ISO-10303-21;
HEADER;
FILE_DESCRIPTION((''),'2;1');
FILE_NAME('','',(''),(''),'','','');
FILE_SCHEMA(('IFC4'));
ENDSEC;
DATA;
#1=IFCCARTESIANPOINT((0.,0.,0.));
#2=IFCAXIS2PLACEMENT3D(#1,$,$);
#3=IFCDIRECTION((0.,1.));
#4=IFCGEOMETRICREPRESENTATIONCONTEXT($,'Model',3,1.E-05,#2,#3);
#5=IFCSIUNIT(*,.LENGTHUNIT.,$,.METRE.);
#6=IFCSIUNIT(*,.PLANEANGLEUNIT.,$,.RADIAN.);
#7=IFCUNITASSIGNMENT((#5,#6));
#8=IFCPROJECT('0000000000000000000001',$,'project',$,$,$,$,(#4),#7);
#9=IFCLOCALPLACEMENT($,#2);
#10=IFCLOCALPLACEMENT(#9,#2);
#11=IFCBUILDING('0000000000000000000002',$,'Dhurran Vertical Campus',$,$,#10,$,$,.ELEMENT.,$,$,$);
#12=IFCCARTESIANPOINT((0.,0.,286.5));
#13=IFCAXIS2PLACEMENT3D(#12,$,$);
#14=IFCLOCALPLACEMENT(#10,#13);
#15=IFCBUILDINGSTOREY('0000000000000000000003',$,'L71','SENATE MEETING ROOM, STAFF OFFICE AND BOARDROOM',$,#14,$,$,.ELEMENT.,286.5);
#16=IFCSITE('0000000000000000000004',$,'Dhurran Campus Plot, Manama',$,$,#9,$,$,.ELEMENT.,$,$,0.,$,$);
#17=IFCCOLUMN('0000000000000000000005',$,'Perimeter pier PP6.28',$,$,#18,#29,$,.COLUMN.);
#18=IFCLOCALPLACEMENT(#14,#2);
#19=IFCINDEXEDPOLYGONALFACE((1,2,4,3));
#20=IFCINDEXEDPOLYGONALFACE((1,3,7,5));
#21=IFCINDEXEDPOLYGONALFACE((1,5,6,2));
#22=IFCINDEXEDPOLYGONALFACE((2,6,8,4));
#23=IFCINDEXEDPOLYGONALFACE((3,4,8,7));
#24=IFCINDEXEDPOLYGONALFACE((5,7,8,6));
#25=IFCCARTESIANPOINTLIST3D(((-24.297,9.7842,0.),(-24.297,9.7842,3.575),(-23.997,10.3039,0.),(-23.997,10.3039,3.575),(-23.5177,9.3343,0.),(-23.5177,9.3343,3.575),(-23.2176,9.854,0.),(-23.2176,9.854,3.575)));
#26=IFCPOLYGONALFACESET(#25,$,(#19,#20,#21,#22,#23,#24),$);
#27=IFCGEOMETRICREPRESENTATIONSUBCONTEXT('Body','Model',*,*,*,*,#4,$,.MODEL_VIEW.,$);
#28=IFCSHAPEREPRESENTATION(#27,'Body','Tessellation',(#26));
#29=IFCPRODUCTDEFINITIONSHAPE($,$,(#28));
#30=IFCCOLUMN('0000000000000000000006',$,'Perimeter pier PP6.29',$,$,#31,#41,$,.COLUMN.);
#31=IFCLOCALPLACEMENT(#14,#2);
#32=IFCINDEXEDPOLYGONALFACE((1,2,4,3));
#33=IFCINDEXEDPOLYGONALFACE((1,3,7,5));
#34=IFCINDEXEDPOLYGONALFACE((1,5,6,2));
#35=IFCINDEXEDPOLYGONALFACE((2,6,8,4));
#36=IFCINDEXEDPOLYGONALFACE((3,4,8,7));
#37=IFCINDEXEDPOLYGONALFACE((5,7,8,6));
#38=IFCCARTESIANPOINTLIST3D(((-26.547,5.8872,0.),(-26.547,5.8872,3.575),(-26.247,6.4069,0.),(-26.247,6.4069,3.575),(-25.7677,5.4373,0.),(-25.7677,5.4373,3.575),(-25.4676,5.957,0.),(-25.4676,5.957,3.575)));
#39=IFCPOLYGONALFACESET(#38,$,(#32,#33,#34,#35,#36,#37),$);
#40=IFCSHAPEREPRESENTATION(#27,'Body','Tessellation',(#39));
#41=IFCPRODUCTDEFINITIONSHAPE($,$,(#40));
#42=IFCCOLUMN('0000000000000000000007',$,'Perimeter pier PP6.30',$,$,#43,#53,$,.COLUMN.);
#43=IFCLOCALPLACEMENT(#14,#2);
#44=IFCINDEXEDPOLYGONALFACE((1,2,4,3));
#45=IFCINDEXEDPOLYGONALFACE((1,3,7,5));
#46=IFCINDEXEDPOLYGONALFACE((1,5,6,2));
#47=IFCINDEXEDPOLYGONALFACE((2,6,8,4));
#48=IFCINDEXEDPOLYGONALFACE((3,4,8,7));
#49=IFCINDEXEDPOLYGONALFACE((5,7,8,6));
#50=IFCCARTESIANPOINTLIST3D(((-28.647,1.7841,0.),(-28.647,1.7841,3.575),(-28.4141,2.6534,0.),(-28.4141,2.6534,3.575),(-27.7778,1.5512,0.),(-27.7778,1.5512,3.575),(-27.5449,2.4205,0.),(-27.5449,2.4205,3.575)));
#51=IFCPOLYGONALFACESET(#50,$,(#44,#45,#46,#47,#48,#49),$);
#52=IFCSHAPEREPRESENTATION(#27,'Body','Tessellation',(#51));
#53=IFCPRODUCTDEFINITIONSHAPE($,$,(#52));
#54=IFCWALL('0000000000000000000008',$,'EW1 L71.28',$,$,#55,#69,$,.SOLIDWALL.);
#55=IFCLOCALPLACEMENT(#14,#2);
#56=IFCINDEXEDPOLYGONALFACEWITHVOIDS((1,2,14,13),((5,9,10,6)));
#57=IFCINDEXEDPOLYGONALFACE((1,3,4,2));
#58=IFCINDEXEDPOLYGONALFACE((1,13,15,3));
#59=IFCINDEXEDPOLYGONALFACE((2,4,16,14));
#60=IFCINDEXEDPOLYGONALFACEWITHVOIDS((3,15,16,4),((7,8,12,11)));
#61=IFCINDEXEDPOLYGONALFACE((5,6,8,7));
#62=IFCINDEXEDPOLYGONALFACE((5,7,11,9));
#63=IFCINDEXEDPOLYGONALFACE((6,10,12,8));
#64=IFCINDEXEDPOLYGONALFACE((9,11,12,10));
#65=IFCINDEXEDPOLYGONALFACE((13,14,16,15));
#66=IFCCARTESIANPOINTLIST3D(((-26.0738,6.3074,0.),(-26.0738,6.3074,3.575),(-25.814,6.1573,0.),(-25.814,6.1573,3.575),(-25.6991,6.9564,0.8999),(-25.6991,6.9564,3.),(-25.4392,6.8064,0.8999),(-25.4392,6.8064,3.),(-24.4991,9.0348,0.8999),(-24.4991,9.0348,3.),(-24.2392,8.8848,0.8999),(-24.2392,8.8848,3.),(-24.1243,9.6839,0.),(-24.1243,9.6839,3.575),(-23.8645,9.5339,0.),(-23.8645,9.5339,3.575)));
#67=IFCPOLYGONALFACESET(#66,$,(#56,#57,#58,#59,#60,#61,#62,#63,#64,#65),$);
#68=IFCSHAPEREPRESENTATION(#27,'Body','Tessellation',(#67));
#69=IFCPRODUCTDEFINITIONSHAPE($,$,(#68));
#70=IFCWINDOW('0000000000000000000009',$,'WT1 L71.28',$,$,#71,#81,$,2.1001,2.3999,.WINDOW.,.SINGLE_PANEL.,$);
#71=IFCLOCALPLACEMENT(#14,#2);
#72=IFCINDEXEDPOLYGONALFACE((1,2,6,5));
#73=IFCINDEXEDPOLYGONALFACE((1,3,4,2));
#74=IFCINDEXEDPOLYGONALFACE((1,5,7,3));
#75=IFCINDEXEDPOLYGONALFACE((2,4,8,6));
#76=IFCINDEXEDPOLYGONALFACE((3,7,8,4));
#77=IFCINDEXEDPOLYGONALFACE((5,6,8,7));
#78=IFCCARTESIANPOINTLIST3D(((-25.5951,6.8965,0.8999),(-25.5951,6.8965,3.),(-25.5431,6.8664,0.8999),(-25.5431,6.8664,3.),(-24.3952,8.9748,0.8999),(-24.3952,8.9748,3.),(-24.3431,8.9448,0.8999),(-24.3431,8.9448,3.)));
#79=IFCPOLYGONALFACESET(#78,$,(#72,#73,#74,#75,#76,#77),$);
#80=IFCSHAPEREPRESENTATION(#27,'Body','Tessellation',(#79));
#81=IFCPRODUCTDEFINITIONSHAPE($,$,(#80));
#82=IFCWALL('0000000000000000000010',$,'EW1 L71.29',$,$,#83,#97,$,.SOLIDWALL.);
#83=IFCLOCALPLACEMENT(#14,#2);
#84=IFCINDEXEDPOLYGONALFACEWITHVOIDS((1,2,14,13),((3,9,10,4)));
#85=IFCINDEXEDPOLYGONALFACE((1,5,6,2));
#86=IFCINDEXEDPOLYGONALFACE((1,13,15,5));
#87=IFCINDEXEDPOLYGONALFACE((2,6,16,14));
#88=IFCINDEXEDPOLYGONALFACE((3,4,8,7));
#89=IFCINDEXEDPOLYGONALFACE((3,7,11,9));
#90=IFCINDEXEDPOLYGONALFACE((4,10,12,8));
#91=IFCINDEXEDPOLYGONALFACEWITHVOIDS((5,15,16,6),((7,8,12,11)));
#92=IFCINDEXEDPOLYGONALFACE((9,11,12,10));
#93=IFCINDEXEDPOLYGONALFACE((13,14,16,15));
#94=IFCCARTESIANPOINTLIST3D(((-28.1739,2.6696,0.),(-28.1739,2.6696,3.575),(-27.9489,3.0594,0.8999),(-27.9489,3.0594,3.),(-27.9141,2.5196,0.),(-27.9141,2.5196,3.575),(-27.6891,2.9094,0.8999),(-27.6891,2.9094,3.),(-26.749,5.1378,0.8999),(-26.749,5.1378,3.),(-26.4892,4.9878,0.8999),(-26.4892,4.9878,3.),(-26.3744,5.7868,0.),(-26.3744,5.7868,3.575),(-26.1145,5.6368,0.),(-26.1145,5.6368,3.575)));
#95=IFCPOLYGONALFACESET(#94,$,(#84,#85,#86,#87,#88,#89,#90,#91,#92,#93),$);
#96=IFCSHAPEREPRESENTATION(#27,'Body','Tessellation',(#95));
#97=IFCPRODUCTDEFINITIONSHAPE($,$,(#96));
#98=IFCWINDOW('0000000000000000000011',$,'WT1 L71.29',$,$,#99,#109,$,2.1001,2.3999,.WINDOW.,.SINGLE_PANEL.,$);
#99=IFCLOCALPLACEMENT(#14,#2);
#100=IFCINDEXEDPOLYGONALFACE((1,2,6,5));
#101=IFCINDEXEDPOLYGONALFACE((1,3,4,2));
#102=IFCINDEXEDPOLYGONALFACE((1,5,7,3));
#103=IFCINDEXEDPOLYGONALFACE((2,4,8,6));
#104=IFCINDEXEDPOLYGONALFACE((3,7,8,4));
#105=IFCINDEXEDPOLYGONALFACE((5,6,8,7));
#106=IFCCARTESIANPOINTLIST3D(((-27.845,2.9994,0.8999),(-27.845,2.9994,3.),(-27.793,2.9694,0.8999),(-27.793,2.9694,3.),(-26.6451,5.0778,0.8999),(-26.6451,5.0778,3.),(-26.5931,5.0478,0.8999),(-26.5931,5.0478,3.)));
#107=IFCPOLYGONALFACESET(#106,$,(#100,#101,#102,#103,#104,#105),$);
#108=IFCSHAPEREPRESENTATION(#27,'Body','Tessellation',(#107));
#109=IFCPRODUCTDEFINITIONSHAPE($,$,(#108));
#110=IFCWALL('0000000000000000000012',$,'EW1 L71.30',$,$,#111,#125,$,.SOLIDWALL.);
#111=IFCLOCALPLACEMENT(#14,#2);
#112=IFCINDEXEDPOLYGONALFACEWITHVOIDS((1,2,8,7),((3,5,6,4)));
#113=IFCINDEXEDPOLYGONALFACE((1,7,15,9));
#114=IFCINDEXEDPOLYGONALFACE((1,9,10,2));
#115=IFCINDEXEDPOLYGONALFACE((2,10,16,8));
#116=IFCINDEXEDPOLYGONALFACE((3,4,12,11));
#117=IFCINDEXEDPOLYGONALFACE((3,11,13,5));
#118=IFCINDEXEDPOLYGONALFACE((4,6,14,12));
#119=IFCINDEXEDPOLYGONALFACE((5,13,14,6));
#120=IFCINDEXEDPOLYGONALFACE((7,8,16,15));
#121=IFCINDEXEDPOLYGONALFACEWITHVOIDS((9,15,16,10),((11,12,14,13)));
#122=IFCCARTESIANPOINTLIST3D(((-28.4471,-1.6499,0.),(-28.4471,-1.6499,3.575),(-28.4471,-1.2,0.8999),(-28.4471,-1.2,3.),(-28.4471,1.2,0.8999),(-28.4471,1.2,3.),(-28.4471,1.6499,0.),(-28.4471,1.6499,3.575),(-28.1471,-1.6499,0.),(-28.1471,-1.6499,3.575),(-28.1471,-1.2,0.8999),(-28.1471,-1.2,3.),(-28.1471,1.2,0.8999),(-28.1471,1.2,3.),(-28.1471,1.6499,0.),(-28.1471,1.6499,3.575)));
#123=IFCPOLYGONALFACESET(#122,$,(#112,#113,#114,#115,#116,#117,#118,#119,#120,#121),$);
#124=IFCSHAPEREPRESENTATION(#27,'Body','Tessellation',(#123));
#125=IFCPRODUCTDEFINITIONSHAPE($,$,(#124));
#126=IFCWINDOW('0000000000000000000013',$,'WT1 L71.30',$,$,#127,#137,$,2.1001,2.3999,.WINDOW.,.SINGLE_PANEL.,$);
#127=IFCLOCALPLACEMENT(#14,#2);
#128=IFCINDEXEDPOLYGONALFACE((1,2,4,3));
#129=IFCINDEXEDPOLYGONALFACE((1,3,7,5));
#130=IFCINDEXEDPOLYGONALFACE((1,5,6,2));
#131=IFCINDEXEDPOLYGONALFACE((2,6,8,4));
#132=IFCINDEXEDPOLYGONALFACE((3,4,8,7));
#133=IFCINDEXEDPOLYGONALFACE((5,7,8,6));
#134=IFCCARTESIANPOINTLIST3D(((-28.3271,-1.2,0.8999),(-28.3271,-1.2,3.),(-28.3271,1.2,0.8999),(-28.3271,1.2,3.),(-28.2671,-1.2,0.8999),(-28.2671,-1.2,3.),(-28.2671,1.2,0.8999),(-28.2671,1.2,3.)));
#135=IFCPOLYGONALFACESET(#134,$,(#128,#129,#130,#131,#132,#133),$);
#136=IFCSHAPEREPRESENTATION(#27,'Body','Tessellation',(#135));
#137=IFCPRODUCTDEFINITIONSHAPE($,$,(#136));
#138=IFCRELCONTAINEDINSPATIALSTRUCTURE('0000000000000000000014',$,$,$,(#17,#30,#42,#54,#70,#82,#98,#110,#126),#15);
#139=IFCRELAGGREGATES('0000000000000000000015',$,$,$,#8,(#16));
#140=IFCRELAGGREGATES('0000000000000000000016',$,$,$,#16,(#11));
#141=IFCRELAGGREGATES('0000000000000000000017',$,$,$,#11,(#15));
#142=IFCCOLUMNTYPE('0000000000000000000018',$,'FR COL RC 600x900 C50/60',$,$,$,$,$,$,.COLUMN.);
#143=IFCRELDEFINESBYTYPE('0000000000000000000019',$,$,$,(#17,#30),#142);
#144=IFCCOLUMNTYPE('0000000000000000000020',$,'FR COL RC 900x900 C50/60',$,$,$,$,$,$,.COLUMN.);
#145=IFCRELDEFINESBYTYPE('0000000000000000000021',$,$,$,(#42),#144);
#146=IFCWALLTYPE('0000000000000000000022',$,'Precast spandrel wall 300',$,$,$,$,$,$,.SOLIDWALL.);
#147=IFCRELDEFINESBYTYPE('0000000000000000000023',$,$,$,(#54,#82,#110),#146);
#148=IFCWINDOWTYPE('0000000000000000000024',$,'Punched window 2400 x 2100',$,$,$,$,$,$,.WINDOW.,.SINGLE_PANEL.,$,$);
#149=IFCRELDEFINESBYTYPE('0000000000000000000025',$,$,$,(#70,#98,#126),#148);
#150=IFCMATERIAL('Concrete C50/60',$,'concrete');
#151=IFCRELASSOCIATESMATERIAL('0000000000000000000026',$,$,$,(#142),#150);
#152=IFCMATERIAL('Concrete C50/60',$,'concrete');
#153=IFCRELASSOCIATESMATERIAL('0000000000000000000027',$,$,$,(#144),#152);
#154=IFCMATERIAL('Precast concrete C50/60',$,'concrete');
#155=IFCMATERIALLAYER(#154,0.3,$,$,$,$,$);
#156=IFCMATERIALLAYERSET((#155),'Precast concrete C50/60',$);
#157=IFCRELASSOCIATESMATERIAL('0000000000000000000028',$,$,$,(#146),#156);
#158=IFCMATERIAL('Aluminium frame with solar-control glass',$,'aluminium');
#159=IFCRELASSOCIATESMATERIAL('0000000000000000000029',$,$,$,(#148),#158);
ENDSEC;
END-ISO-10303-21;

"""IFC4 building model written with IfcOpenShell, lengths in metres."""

from ifc_helpers import new_model, si_unit, direction, frame, frame_2d, origin, origin_2d, place, context, subcontext, project, spatial, rectangle, extrude, material, layer, layer_set, material_profile, profile_set, type_object, element, fill, save


model = new_model("IFC4")

# Units and contexts
model_context = context("Model", 3, precision=1e-05, world=origin(), true_north=direction((0.0, 1.0)))
body_context = subcontext(model_context, "Body", "Model", "MODEL_VIEW")
ifc_project = project(units=[si_unit("LENGTHUNIT", "METRE"), si_unit("PLANEANGLEUNIT", "RADIAN")], contexts=[model_context])

# Site, building, storey
site_placement = place(None, origin())
site = spatial("IfcSite", under=ifc_project, at=site_placement, Name="Dhurran Campus Plot, Manama", CompositionType="ELEMENT", RefElevation=0.0)
building_placement = place(site_placement, origin())
building = spatial("IfcBuilding", under=site, at=building_placement, Name="Dhurran Vertical Campus", CompositionType="ELEMENT")
storey_placement = place(building_placement, frame((0.0, 0.0, 286.5)))
storey = spatial("IfcBuildingStorey", under=building, at=storey_placement, Name="L71", Description="SENATE MEETING ROOM, STAFF OFFICE AND BOARDROOM", CompositionType="ELEMENT", Elevation=286.5)

# Columns
ifc_material_1 = material(Name="Concrete C50/60", Category="concrete")
ifc_material_profile_1 = material_profile(ifc_material_1, rectangle(XDim=0.6001, YDim=0.8999, at=origin_2d()), Name="RC 600x900")
ifc_profile_set_1 = profile_set([ifc_material_profile_1], Name="Concrete C50/60")
column_type_1 = type_object("IfcColumnType", Name="FR COL RC 600x900 C50/60", PredefinedType="COLUMN", material=ifc_profile_set_1)
for number, where, z_axis, x_axis, name in (
    (1, (-23.7573, 9.8191, 0.0), (0.0, 0.0, 1.0), (-0.5, -0.866025, 0.0), "Perimeter pier PP6.28"),
    (2, (-26.0073, 5.9221, 0.0), (0.0, 0.0, 1.0), (-0.5, -0.866025, 0.0), "Perimeter pier PP6.29"),
):
    element("IfcColumn", number, at=place(storey_placement, frame(where, z_axis=z_axis, x_axis=x_axis)), inside=storey, type_object=column_type_1, Name=name, PredefinedType="COLUMN", context=body_context, shape_type="SweptSolid", body=[
        extrude(rectangle(XDim=0.6001, YDim=0.8999, at=origin_2d()), origin(), (0.0, 0.0, 1.0), 3.575),
    ])
ifc_material_2 = material(Name="Concrete C50/60", Category="concrete")
ifc_material_profile_2 = material_profile(ifc_material_2, rectangle(XDim=0.8999, YDim=0.8999, at=origin_2d()), Name="RC 900x900")
ifc_profile_set_2 = profile_set([ifc_material_profile_2], Name="Concrete C50/60")
column_type_2 = type_object("IfcColumnType", Name="FR COL RC 900x900 C50/60", PredefinedType="COLUMN", material=ifc_profile_set_2)
column_placement = place(storey_placement, frame((-28.0959, 2.1023, 0.0), z_axis=(0.0, 0.0, 1.0), x_axis=(-0.258819, -0.965926, 0.0)))
element("IfcColumn", 3, at=column_placement, inside=storey, type_object=column_type_2, Name="Perimeter pier PP6.30", PredefinedType="COLUMN", context=body_context, shape_type="SweptSolid", body=[
    extrude(rectangle(XDim=0.8999, YDim=0.8999, at=origin_2d()), origin(), (0.0, 0.0, 1.0), 3.575),
])

# Walls, openings, windows
ifc_material_3 = material(Name="Precast concrete C50/60", Category="concrete")
ifc_layer_1 = layer(ifc_material_3, 0.3)
ifc_layer_set_1 = layer_set([ifc_layer_1], Name="Precast concrete C50/60")
wall_type_1 = type_object("IfcWallType", Name="Precast spandrel wall 300", PredefinedType="SOLIDWALL", material=ifc_layer_set_1)
wall_1_placement = place(storey_placement, frame((-23.9944, 9.6089, 0.0), z_axis=(0.0, 0.0, 1.0), x_axis=(-0.500012, -0.866019, 0.0)))
wall_1 = element("IfcWall", 4, at=wall_1_placement, inside=storey, type_object=wall_type_1, Name="EW1 L71.28", PredefinedType="SOLIDWALL", context=body_context, shape_type="SweptSolid", body=[
    extrude(rectangle(XDim=3.8989, YDim=0.3, at=frame_2d((1.9495, 0.0))), origin(), (0.0, 0.0, 1.0), 3.575),
])
opening_1_placement = place(wall_1_placement, frame((0.7495, 0.0, 0.8999)))
opening_1 = element("IfcOpeningElement", 5, at=opening_1_placement, cuts=wall_1, PredefinedType="OPENING", context=body_context, shape_type="SweptSolid", body=[
    extrude(rectangle(XDim=2.3999, YDim=2.1001, at=frame_2d((1.2, 1.05))), frame((0.0, 0.1599, 0.0), z_axis=(0.0, -1.0, 0.0), x_axis=(1.0, 0.0, 0.0)), (0.0, 0.0, 1.0), 0.3201),
])
ifc_material_4 = material(Name="Aluminium frame with solar-control glass", Category="aluminium")
window_type = type_object("IfcWindowType", Name="Punched window 2400 x 2100", PartitioningType="SINGLE_PANEL", PredefinedType="WINDOW", material=ifc_material_4)
window_1_placement = place(opening_1_placement, origin())
window_1 = element("IfcWindow", 6, at=window_1_placement, inside=storey, type_object=window_type, Name="WT1 L71.28", OverallHeight=2.1001, OverallWidth=2.3999, PartitioningType="SINGLE_PANEL", PredefinedType="WINDOW", context=body_context, shape_type="SweptSolid", body=[
    extrude(rectangle(XDim=2.3999, YDim=2.1001, at=frame_2d((1.2, 1.05))), frame((0.0, 0.03, 0.0), z_axis=(0.0, -1.0, 0.0), x_axis=(1.0, 0.0, 0.0)), (0.0, 0.0, 1.0), 0.0601),
])
fill(opening_1, window_1)
wall_2_placement = place(storey_placement, frame((-26.2444, 5.7119, 0.0), z_axis=(0.0, 0.0, 1.0), x_axis=(-0.499969, -0.866043, 0.0)))
wall_2 = element("IfcWall", 7, at=wall_2_placement, inside=storey, type_object=wall_type_1, Name="EW1 L71.29", PredefinedType="SOLIDWALL", context=body_context, shape_type="SweptSolid", body=[
    extrude(rectangle(XDim=3.5994, YDim=0.3, at=frame_2d((1.7998, 0.0))), origin(), (0.0, 0.0, 1.0), 3.575),
])
opening_2_placement = place(wall_2_placement, frame((0.7495, 0.0, 0.8999)))
opening_2 = element("IfcOpeningElement", 8, at=opening_2_placement, cuts=wall_2, PredefinedType="OPENING", context=body_context, shape_type="SweptSolid", body=[
    extrude(rectangle(XDim=2.3999, YDim=2.1001, at=frame_2d((1.2, 1.05))), frame((0.0, 0.1599, 0.0), z_axis=(0.0, -1.0, 0.0), x_axis=(1.0, 0.0, 0.0)), (0.0, 0.0, 1.0), 0.3201),
])
window_2_placement = place(opening_2_placement, origin())
window_2 = element("IfcWindow", 9, at=window_2_placement, inside=storey, type_object=window_type, Name="WT1 L71.29", OverallHeight=2.1001, OverallWidth=2.3999, PartitioningType="SINGLE_PANEL", PredefinedType="WINDOW", context=body_context, shape_type="SweptSolid", body=[
    extrude(rectangle(XDim=2.3999, YDim=2.1001, at=frame_2d((1.2, 1.05))), frame((0.0, 0.03, 0.0), z_axis=(0.0, -1.0, 0.0), x_axis=(1.0, 0.0, 0.0)), (0.0, 0.0, 1.0), 0.0601),
])
fill(opening_2, window_2)
wall_3_placement = place(storey_placement, frame((-28.2971, 1.6499, 0.0), z_axis=(0.0, 0.0, 1.0), x_axis=(0.0, -1.0, 0.0)))
wall_3 = element("IfcWall", 10, at=wall_3_placement, inside=storey, type_object=wall_type_1, Name="EW1 L71.30", PredefinedType="SOLIDWALL", context=body_context, shape_type="SweptSolid", body=[
    extrude(rectangle(XDim=3.2998, YDim=0.3, at=frame_2d((1.6499, 0.0))), origin(), (0.0, 0.0, 1.0), 3.575),
])
opening_3_placement = place(wall_3_placement, frame((0.45, 0.0, 0.8999)))
opening_3 = element("IfcOpeningElement", 11, at=opening_3_placement, cuts=wall_3, PredefinedType="OPENING", context=body_context, shape_type="SweptSolid", body=[
    extrude(rectangle(XDim=2.3999, YDim=2.1001, at=frame_2d((1.2, 1.05))), frame((0.0, 0.1599, 0.0), z_axis=(0.0, -1.0, 0.0), x_axis=(1.0, 0.0, 0.0)), (0.0, 0.0, 1.0), 0.3201),
])
window_3_placement = place(opening_3_placement, origin())
window_3 = element("IfcWindow", 12, at=window_3_placement, inside=storey, type_object=window_type, Name="WT1 L71.30", OverallHeight=2.1001, OverallWidth=2.3999, PartitioningType="SINGLE_PANEL", PredefinedType="WINDOW", context=body_context, shape_type="SweptSolid", body=[
    extrude(rectangle(XDim=2.3999, YDim=2.1001, at=frame_2d((1.2, 1.05))), frame((0.0, 0.03, 0.0), z_axis=(0.0, -1.0, 0.0), x_axis=(1.0, 0.0, 0.0)), (0.0, 0.0, 1.0), 0.0601),
])
fill(opening_3, window_3)

save(model, "model.ifc")
